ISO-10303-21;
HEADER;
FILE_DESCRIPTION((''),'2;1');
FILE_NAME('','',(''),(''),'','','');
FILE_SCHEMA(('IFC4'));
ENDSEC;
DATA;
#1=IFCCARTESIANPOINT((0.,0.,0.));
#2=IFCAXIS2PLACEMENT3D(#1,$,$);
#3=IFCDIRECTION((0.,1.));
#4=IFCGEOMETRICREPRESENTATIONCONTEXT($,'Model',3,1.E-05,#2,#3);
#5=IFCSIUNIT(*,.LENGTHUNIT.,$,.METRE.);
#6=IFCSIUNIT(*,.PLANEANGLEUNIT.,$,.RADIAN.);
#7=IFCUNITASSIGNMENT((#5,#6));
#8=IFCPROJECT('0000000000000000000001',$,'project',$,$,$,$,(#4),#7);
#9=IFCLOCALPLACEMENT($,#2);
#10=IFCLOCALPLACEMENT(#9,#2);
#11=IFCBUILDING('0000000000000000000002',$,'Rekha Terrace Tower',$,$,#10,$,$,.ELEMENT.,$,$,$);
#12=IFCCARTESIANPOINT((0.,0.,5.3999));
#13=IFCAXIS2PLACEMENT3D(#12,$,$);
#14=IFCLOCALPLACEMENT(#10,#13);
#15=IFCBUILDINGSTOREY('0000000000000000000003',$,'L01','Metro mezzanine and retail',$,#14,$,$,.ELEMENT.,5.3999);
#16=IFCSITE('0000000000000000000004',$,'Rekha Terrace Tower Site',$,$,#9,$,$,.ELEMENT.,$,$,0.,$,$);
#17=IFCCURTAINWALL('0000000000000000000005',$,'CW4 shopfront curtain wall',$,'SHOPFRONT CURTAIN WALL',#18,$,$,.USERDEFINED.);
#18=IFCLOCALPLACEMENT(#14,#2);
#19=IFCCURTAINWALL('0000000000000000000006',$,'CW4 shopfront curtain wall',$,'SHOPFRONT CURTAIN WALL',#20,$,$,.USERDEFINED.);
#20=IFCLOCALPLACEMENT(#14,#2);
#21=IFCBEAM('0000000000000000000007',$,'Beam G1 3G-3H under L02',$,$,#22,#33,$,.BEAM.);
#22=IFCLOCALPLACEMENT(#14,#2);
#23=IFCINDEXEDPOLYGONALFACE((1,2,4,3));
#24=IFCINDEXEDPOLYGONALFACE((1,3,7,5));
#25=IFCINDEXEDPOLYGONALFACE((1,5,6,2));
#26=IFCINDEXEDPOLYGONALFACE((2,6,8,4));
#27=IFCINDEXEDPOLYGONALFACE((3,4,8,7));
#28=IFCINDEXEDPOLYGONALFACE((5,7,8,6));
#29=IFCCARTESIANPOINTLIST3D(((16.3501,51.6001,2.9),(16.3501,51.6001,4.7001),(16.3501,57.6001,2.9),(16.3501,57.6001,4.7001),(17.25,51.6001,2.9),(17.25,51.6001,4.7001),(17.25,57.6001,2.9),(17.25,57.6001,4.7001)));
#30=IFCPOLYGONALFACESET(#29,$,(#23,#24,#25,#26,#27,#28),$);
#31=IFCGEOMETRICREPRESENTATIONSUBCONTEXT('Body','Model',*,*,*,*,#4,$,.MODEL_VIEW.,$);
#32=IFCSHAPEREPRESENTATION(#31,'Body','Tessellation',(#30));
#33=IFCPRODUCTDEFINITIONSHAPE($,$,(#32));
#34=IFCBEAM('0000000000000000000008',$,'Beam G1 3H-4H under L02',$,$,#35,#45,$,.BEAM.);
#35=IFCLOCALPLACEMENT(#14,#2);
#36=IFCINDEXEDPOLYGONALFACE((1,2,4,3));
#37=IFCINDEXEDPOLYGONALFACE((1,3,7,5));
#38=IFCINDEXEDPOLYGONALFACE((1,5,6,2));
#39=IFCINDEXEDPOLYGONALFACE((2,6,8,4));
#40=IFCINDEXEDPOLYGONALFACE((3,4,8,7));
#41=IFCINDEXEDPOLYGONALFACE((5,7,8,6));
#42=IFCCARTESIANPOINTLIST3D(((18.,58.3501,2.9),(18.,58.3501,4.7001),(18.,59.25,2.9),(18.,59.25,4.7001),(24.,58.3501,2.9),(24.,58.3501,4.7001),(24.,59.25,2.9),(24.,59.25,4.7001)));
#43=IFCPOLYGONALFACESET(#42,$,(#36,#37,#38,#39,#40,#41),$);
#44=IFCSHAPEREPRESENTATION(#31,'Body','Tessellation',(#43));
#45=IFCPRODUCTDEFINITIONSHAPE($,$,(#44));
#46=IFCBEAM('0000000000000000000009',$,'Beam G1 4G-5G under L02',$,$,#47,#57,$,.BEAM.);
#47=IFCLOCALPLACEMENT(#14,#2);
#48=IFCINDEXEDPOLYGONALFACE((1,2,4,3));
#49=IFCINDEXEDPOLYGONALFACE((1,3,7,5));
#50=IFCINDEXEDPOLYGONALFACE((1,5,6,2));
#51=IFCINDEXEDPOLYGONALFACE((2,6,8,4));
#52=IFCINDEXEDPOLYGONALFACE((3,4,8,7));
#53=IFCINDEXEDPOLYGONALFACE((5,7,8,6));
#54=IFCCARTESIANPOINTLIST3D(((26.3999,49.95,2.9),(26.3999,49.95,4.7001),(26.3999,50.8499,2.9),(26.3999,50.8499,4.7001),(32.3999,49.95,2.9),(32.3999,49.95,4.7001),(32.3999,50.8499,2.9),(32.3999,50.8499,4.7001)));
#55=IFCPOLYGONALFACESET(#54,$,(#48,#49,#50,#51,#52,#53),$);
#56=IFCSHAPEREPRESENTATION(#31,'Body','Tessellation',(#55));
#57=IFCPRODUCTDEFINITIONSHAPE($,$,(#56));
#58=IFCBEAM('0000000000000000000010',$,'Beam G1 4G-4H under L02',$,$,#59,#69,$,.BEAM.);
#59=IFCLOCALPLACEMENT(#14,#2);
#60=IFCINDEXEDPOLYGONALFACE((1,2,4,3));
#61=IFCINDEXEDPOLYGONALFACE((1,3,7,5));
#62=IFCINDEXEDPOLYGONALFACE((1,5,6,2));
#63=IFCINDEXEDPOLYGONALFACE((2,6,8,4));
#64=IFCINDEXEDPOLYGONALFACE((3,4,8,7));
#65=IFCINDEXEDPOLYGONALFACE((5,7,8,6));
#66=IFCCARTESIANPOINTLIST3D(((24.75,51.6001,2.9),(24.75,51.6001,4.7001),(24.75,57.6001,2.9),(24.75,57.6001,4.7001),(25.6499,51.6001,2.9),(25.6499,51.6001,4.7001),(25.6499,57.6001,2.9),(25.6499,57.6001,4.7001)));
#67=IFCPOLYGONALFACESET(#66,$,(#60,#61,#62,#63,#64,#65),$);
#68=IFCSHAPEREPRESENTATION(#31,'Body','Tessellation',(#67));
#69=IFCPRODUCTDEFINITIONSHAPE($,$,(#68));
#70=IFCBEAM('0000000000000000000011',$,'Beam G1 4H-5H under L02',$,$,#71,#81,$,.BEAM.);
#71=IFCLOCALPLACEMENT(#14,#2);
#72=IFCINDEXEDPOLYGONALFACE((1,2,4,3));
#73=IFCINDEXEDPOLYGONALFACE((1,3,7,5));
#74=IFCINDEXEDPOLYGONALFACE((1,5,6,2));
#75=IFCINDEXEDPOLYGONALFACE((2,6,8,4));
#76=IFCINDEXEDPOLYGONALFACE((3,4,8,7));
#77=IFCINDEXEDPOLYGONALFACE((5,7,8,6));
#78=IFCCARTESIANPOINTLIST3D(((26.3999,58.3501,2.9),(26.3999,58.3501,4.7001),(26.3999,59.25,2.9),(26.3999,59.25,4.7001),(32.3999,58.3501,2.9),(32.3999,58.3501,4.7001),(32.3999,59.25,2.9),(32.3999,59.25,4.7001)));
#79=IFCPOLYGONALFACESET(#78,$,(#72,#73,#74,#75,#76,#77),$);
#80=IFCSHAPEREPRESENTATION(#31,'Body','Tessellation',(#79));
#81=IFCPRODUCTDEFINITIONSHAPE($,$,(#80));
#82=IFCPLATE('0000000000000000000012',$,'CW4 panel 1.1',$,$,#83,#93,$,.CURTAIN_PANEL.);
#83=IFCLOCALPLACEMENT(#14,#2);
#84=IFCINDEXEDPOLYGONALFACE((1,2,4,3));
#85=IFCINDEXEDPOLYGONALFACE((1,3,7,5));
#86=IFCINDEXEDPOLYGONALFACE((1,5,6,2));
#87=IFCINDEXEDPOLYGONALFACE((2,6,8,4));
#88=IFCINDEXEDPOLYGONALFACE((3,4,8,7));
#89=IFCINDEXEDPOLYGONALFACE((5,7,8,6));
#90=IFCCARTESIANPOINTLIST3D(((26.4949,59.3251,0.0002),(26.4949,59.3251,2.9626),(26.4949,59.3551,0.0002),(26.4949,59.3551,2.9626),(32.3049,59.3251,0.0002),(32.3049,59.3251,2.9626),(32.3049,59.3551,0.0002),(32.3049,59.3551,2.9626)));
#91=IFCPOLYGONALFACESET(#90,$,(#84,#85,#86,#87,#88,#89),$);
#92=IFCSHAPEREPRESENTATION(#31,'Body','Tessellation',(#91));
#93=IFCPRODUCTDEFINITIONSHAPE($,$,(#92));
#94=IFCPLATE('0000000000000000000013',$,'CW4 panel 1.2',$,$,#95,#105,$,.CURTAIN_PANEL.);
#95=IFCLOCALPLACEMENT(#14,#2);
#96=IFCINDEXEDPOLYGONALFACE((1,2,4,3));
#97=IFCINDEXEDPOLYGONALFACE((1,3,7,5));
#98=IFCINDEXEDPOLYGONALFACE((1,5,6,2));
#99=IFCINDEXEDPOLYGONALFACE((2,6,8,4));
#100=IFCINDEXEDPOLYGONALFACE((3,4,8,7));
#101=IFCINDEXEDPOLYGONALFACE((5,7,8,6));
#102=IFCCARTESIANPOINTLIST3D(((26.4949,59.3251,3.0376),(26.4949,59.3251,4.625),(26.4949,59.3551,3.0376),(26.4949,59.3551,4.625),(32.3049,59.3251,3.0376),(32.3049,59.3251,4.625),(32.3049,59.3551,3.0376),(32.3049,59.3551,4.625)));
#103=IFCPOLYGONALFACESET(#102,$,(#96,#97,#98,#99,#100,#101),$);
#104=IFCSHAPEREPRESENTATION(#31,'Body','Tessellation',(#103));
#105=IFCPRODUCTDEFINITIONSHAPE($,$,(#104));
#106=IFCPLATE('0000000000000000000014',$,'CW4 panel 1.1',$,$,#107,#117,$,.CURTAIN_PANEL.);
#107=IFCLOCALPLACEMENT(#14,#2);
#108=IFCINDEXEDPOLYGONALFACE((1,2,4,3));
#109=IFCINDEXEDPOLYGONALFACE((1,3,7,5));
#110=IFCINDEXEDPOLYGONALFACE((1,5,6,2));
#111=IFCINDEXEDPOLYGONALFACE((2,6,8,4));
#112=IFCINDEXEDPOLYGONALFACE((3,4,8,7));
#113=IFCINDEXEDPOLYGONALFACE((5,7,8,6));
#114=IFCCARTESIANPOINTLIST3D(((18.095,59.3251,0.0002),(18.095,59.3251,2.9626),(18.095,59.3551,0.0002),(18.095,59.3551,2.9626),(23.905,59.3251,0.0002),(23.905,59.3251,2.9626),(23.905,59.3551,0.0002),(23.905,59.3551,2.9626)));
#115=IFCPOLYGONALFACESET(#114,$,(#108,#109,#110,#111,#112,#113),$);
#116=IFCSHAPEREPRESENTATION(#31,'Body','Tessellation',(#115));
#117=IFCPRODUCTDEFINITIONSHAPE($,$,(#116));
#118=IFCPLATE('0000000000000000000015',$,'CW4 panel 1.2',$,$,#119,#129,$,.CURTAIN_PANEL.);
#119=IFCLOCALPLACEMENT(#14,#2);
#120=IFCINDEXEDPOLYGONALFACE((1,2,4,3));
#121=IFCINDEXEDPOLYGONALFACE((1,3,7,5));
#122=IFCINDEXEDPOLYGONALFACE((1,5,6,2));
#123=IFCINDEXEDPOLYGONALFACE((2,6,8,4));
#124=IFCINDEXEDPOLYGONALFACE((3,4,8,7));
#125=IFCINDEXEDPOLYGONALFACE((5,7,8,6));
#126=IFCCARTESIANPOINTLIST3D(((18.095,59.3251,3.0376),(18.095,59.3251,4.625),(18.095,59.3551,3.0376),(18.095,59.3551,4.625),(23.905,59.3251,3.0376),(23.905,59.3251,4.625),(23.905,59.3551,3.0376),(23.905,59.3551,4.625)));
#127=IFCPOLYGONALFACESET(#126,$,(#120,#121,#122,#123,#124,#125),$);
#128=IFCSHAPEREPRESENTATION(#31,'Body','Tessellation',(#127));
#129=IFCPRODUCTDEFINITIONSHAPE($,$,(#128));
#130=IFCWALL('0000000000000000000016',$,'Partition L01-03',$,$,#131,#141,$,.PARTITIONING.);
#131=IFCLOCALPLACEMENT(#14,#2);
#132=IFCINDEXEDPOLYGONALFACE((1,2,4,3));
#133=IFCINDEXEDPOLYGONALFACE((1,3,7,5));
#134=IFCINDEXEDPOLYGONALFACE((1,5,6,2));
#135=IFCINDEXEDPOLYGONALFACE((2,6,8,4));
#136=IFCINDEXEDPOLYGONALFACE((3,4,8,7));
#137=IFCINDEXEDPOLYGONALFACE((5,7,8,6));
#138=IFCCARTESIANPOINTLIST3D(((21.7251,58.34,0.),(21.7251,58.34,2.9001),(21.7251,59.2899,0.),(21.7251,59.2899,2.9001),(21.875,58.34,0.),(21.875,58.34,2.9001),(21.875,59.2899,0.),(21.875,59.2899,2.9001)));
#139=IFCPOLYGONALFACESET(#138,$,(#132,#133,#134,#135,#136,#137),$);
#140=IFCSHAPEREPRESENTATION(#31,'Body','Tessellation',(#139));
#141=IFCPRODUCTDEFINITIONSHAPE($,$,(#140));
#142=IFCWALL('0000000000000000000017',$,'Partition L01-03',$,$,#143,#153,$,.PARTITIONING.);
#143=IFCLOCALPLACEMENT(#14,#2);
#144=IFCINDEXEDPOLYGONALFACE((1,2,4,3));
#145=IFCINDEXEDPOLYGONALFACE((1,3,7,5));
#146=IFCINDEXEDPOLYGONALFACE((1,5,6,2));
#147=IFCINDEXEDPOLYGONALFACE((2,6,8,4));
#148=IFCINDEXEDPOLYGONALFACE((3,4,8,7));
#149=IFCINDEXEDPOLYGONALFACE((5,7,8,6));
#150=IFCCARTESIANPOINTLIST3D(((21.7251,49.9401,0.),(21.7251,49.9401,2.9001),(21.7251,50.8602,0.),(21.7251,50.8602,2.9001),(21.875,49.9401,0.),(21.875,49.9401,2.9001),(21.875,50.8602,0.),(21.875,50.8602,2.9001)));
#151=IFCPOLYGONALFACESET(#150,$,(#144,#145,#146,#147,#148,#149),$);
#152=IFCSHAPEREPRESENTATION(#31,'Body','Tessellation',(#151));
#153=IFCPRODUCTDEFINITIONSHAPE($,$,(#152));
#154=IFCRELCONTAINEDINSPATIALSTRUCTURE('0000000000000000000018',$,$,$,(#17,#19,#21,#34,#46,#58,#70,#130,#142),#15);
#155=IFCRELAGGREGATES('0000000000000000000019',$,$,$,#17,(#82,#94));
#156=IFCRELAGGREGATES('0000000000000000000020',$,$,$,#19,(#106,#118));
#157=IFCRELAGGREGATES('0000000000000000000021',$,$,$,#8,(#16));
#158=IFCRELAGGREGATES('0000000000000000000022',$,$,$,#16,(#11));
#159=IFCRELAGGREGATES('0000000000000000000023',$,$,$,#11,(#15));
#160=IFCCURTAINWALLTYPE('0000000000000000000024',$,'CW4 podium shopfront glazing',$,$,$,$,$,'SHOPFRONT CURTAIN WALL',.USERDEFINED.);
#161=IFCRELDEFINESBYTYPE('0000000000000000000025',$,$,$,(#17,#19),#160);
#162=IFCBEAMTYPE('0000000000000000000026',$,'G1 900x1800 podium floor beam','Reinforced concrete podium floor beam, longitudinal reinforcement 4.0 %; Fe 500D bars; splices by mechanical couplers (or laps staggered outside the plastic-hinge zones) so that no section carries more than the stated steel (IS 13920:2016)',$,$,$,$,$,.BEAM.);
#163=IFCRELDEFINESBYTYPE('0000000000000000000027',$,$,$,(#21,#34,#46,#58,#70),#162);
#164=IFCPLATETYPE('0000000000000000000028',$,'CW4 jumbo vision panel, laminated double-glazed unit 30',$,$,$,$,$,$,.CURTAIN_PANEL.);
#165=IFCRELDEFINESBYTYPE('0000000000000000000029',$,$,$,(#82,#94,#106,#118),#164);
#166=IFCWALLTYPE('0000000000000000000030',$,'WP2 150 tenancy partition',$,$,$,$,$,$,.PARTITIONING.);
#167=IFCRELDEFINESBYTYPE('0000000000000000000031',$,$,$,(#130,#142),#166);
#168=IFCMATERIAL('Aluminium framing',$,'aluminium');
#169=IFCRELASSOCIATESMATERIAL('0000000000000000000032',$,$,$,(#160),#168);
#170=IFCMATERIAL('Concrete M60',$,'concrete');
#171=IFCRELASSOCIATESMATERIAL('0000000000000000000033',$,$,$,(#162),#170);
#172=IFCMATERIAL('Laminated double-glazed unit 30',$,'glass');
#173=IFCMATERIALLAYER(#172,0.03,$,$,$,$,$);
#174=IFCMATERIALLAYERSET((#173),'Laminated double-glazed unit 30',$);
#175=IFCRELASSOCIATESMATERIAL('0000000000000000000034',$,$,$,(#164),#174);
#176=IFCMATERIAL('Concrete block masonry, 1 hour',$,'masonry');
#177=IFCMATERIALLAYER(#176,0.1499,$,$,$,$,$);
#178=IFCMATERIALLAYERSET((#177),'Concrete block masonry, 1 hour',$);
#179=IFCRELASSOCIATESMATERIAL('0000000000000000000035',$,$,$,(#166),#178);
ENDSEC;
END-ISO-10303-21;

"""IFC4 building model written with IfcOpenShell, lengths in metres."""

from ifc_helpers import new_model, si_unit, direction, frame, frame_2d, origin, origin_2d, place, context, subcontext, project, spatial, rectangle, extrude, material, layer, layer_set, material_profile, profile_set, type_object, element, aggregate, save


model = new_model("IFC4")

# Units and contexts
model_context = context("Model", 3, precision=1e-05, world=origin(), true_north=direction((0.0, 1.0)))
body_context = subcontext(model_context, "Body", "Model", "MODEL_VIEW")
ifc_project = project(units=[si_unit("LENGTHUNIT", "METRE"), si_unit("PLANEANGLEUNIT", "RADIAN")], contexts=[model_context])

# Site, building, storey
site_placement = place(None, origin())
site = spatial("IfcSite", under=ifc_project, at=site_placement, Name="Rekha Terrace Tower Site", CompositionType="ELEMENT", RefElevation=0.0)
building_placement = place(site_placement, origin())
building = spatial("IfcBuilding", under=site, at=building_placement, Name="Rekha Terrace Tower", CompositionType="ELEMENT")
storey_placement = place(building_placement, frame((0.0, 0.0, 5.3999)))
storey = spatial("IfcBuildingStorey", under=building, at=storey_placement, Name="L01", Description="Metro mezzanine and retail", CompositionType="ELEMENT", Elevation=5.3999)

# Curtain walls
ifc_material_1 = material(Name="Aluminium framing", Category="aluminium")
curtain_wall_type = type_object("IfcCurtainWallType", Name="CW4 podium shopfront glazing", ElementType="SHOPFRONT CURTAIN WALL", PredefinedType="USERDEFINED", material=ifc_material_1)
curtain_wall_1_placement = place(storey_placement, origin())
curtain_wall_1 = element("IfcCurtainWall", 1, at=curtain_wall_1_placement, inside=storey, type_object=curtain_wall_type, Name="CW4 shopfront curtain wall", ObjectType="SHOPFRONT CURTAIN WALL", PredefinedType="USERDEFINED")
curtain_wall_2_placement = place(storey_placement, origin())
curtain_wall_2 = element("IfcCurtainWall", 2, at=curtain_wall_2_placement, inside=storey, type_object=curtain_wall_type, Name="CW4 shopfront curtain wall", ObjectType="SHOPFRONT CURTAIN WALL", PredefinedType="USERDEFINED")

# Beams
ifc_material_2 = material(Name="Concrete M60", Category="concrete")
ifc_material_profile_1 = material_profile(ifc_material_2, rectangle(XDim=0.8999, YDim=1.8, at=origin_2d()), Name="RC 900x1800")
ifc_profile_set_1 = profile_set([ifc_material_profile_1], Name="Concrete M60")
beam_type = type_object("IfcBeamType", Name="G1 900x1800 podium floor beam", Description="Reinforced concrete podium floor beam, longitudinal reinforcement 4.0 %; Fe 500D bars; splices by mechanical couplers (or laps staggered outside the plastic-hinge zones) so that no section carries more than the stated steel (IS 13920:2016)", PredefinedType="BEAM", material=ifc_profile_set_1)
for number, where, z_axis, x_axis, name in (
    (3, (16.8, 51.6001, 3.8), (0.0, 1.0, 0.0), (-1.0, 0.0, 0.0), "Beam G1 3G-3H under L02"),
    (4, (18.0, 58.8, 3.8), (1.0, 0.0, 0.0), (0.0, 1.0, 0.0), "Beam G1 3H-4H under L02"),
    (5, (26.3999, 50.3999, 3.8), (1.0, 0.0, 0.0), (0.0, 1.0, 0.0), "Beam G1 4G-5G under L02"),
    (6, (25.2, 51.6001, 3.8), (0.0, 1.0, 0.0), (-1.0, 0.0, 0.0), "Beam G1 4G-4H under L02"),
    (7, (26.3999, 58.8, 3.8), (1.0, 0.0, 0.0), (0.0, 1.0, 0.0), "Beam G1 4H-5H under L02"),
):
    element("IfcBeam", number, at=place(storey_placement, frame(where, z_axis=z_axis, x_axis=x_axis)), inside=storey, type_object=beam_type, Name=name, PredefinedType="BEAM", context=body_context, shape_type="SweptSolid", body=[
        extrude(rectangle(XDim=0.8999, YDim=1.8, at=origin_2d()), origin(), (0.0, 0.0, 1.0), 6.0),
    ])

# Plates
ifc_material_3 = material(Name="Laminated double-glazed unit 30", Category="glass")
ifc_layer_1 = layer(ifc_material_3, 0.03)
ifc_layer_set_1 = layer_set([ifc_layer_1], Name="Laminated double-glazed unit 30")
plate_type = type_object("IfcPlateType", Name="CW4 jumbo vision panel, laminated double-glazed unit 30", PredefinedType="CURTAIN_PANEL", material=ifc_layer_set_1)
plate_1_placement = place(storey_placement, frame((29.3999, 59.3401, 0.0002), z_axis=(0.0, 0.0, 1.0), x_axis=(-1.0, 0.0, 0.0)))
plate_1 = element("IfcPlate", 8, at=plate_1_placement, type_object=plate_type, Name="CW4 panel 1.1", PredefinedType="CURTAIN_PANEL", context=body_context, shape_type="SweptSolid", body=[
    extrude(rectangle(XDim=5.8101, YDim=0.03, at=origin_2d()), origin(), (0.0, 0.0, 1.0), 2.9624),
])
plate_2_placement = place(storey_placement, frame((29.3999, 59.3401, 3.0376), z_axis=(0.0, 0.0, 1.0), x_axis=(-1.0, 0.0, 0.0)))
plate_2 = element("IfcPlate", 9, at=plate_2_placement, type_object=plate_type, Name="CW4 panel 1.2", PredefinedType="CURTAIN_PANEL", context=body_context, shape_type="SweptSolid", body=[
    extrude(rectangle(XDim=5.8101, YDim=0.03, at=origin_2d()), origin(), (0.0, 0.0, 1.0), 1.5874),
])
aggregate(curtain_wall_1, [plate_1, plate_2])
plate_3_placement = place(storey_placement, frame((21.0, 59.3401, 0.0002), z_axis=(0.0, 0.0, 1.0), x_axis=(-1.0, 0.0, 0.0)))
plate_3 = element("IfcPlate", 10, at=plate_3_placement, type_object=plate_type, Name="CW4 panel 1.1", PredefinedType="CURTAIN_PANEL", context=body_context, shape_type="SweptSolid", body=[
    extrude(rectangle(XDim=5.8101, YDim=0.03, at=origin_2d()), origin(), (0.0, 0.0, 1.0), 2.9624),
])
plate_4_placement = place(storey_placement, frame((21.0, 59.3401, 3.0376), z_axis=(0.0, 0.0, 1.0), x_axis=(-1.0, 0.0, 0.0)))
plate_4 = element("IfcPlate", 11, at=plate_4_placement, type_object=plate_type, Name="CW4 panel 1.2", PredefinedType="CURTAIN_PANEL", context=body_context, shape_type="SweptSolid", body=[
    extrude(rectangle(XDim=5.8101, YDim=0.03, at=origin_2d()), origin(), (0.0, 0.0, 1.0), 1.5874),
])
aggregate(curtain_wall_2, [plate_3, plate_4])

# Wall
ifc_material_4 = material(Name="Concrete block masonry, 1 hour", Category="masonry")
ifc_layer_2 = layer(ifc_material_4, 0.1499)
ifc_layer_set_2 = layer_set([ifc_layer_2], Name="Concrete block masonry, 1 hour")
wall_type = type_object("IfcWallType", Name="WP2 150 tenancy partition", PredefinedType="PARTITIONING", material=ifc_layer_set_2)
wall_1_placement = place(storey_placement, frame((21.8, 59.29, 0.0), z_axis=(0.0, 0.0, 1.0), x_axis=(0.0, -1.0, 0.0)))
element("IfcWall", 12, at=wall_1_placement, inside=storey, type_object=wall_type, Name="Partition L01-03", PredefinedType="PARTITIONING", context=body_context, shape_type="SweptSolid", body=[
    extrude(rectangle(XDim=0.95, YDim=0.1499, at=frame_2d((0.4751, 0.0))), origin(), (0.0, 0.0, 1.0), 2.9001),
])

# Wall
wall_2_placement = place(storey_placement, frame((21.8, 50.8601, 0.0), z_axis=(0.0, 0.0, 1.0), x_axis=(0.0, -1.0, 0.0)))
element("IfcWall", 13, at=wall_2_placement, inside=storey, type_object=wall_type, Name="Partition L01-03", PredefinedType="PARTITIONING", context=body_context, shape_type="SweptSolid", body=[
    extrude(rectangle(XDim=0.9202, YDim=0.1499, at=frame_2d((0.46, 0.0))), origin(), (0.0, 0.0, 1.0), 2.9001),
])

save(model, "model.ifc")
